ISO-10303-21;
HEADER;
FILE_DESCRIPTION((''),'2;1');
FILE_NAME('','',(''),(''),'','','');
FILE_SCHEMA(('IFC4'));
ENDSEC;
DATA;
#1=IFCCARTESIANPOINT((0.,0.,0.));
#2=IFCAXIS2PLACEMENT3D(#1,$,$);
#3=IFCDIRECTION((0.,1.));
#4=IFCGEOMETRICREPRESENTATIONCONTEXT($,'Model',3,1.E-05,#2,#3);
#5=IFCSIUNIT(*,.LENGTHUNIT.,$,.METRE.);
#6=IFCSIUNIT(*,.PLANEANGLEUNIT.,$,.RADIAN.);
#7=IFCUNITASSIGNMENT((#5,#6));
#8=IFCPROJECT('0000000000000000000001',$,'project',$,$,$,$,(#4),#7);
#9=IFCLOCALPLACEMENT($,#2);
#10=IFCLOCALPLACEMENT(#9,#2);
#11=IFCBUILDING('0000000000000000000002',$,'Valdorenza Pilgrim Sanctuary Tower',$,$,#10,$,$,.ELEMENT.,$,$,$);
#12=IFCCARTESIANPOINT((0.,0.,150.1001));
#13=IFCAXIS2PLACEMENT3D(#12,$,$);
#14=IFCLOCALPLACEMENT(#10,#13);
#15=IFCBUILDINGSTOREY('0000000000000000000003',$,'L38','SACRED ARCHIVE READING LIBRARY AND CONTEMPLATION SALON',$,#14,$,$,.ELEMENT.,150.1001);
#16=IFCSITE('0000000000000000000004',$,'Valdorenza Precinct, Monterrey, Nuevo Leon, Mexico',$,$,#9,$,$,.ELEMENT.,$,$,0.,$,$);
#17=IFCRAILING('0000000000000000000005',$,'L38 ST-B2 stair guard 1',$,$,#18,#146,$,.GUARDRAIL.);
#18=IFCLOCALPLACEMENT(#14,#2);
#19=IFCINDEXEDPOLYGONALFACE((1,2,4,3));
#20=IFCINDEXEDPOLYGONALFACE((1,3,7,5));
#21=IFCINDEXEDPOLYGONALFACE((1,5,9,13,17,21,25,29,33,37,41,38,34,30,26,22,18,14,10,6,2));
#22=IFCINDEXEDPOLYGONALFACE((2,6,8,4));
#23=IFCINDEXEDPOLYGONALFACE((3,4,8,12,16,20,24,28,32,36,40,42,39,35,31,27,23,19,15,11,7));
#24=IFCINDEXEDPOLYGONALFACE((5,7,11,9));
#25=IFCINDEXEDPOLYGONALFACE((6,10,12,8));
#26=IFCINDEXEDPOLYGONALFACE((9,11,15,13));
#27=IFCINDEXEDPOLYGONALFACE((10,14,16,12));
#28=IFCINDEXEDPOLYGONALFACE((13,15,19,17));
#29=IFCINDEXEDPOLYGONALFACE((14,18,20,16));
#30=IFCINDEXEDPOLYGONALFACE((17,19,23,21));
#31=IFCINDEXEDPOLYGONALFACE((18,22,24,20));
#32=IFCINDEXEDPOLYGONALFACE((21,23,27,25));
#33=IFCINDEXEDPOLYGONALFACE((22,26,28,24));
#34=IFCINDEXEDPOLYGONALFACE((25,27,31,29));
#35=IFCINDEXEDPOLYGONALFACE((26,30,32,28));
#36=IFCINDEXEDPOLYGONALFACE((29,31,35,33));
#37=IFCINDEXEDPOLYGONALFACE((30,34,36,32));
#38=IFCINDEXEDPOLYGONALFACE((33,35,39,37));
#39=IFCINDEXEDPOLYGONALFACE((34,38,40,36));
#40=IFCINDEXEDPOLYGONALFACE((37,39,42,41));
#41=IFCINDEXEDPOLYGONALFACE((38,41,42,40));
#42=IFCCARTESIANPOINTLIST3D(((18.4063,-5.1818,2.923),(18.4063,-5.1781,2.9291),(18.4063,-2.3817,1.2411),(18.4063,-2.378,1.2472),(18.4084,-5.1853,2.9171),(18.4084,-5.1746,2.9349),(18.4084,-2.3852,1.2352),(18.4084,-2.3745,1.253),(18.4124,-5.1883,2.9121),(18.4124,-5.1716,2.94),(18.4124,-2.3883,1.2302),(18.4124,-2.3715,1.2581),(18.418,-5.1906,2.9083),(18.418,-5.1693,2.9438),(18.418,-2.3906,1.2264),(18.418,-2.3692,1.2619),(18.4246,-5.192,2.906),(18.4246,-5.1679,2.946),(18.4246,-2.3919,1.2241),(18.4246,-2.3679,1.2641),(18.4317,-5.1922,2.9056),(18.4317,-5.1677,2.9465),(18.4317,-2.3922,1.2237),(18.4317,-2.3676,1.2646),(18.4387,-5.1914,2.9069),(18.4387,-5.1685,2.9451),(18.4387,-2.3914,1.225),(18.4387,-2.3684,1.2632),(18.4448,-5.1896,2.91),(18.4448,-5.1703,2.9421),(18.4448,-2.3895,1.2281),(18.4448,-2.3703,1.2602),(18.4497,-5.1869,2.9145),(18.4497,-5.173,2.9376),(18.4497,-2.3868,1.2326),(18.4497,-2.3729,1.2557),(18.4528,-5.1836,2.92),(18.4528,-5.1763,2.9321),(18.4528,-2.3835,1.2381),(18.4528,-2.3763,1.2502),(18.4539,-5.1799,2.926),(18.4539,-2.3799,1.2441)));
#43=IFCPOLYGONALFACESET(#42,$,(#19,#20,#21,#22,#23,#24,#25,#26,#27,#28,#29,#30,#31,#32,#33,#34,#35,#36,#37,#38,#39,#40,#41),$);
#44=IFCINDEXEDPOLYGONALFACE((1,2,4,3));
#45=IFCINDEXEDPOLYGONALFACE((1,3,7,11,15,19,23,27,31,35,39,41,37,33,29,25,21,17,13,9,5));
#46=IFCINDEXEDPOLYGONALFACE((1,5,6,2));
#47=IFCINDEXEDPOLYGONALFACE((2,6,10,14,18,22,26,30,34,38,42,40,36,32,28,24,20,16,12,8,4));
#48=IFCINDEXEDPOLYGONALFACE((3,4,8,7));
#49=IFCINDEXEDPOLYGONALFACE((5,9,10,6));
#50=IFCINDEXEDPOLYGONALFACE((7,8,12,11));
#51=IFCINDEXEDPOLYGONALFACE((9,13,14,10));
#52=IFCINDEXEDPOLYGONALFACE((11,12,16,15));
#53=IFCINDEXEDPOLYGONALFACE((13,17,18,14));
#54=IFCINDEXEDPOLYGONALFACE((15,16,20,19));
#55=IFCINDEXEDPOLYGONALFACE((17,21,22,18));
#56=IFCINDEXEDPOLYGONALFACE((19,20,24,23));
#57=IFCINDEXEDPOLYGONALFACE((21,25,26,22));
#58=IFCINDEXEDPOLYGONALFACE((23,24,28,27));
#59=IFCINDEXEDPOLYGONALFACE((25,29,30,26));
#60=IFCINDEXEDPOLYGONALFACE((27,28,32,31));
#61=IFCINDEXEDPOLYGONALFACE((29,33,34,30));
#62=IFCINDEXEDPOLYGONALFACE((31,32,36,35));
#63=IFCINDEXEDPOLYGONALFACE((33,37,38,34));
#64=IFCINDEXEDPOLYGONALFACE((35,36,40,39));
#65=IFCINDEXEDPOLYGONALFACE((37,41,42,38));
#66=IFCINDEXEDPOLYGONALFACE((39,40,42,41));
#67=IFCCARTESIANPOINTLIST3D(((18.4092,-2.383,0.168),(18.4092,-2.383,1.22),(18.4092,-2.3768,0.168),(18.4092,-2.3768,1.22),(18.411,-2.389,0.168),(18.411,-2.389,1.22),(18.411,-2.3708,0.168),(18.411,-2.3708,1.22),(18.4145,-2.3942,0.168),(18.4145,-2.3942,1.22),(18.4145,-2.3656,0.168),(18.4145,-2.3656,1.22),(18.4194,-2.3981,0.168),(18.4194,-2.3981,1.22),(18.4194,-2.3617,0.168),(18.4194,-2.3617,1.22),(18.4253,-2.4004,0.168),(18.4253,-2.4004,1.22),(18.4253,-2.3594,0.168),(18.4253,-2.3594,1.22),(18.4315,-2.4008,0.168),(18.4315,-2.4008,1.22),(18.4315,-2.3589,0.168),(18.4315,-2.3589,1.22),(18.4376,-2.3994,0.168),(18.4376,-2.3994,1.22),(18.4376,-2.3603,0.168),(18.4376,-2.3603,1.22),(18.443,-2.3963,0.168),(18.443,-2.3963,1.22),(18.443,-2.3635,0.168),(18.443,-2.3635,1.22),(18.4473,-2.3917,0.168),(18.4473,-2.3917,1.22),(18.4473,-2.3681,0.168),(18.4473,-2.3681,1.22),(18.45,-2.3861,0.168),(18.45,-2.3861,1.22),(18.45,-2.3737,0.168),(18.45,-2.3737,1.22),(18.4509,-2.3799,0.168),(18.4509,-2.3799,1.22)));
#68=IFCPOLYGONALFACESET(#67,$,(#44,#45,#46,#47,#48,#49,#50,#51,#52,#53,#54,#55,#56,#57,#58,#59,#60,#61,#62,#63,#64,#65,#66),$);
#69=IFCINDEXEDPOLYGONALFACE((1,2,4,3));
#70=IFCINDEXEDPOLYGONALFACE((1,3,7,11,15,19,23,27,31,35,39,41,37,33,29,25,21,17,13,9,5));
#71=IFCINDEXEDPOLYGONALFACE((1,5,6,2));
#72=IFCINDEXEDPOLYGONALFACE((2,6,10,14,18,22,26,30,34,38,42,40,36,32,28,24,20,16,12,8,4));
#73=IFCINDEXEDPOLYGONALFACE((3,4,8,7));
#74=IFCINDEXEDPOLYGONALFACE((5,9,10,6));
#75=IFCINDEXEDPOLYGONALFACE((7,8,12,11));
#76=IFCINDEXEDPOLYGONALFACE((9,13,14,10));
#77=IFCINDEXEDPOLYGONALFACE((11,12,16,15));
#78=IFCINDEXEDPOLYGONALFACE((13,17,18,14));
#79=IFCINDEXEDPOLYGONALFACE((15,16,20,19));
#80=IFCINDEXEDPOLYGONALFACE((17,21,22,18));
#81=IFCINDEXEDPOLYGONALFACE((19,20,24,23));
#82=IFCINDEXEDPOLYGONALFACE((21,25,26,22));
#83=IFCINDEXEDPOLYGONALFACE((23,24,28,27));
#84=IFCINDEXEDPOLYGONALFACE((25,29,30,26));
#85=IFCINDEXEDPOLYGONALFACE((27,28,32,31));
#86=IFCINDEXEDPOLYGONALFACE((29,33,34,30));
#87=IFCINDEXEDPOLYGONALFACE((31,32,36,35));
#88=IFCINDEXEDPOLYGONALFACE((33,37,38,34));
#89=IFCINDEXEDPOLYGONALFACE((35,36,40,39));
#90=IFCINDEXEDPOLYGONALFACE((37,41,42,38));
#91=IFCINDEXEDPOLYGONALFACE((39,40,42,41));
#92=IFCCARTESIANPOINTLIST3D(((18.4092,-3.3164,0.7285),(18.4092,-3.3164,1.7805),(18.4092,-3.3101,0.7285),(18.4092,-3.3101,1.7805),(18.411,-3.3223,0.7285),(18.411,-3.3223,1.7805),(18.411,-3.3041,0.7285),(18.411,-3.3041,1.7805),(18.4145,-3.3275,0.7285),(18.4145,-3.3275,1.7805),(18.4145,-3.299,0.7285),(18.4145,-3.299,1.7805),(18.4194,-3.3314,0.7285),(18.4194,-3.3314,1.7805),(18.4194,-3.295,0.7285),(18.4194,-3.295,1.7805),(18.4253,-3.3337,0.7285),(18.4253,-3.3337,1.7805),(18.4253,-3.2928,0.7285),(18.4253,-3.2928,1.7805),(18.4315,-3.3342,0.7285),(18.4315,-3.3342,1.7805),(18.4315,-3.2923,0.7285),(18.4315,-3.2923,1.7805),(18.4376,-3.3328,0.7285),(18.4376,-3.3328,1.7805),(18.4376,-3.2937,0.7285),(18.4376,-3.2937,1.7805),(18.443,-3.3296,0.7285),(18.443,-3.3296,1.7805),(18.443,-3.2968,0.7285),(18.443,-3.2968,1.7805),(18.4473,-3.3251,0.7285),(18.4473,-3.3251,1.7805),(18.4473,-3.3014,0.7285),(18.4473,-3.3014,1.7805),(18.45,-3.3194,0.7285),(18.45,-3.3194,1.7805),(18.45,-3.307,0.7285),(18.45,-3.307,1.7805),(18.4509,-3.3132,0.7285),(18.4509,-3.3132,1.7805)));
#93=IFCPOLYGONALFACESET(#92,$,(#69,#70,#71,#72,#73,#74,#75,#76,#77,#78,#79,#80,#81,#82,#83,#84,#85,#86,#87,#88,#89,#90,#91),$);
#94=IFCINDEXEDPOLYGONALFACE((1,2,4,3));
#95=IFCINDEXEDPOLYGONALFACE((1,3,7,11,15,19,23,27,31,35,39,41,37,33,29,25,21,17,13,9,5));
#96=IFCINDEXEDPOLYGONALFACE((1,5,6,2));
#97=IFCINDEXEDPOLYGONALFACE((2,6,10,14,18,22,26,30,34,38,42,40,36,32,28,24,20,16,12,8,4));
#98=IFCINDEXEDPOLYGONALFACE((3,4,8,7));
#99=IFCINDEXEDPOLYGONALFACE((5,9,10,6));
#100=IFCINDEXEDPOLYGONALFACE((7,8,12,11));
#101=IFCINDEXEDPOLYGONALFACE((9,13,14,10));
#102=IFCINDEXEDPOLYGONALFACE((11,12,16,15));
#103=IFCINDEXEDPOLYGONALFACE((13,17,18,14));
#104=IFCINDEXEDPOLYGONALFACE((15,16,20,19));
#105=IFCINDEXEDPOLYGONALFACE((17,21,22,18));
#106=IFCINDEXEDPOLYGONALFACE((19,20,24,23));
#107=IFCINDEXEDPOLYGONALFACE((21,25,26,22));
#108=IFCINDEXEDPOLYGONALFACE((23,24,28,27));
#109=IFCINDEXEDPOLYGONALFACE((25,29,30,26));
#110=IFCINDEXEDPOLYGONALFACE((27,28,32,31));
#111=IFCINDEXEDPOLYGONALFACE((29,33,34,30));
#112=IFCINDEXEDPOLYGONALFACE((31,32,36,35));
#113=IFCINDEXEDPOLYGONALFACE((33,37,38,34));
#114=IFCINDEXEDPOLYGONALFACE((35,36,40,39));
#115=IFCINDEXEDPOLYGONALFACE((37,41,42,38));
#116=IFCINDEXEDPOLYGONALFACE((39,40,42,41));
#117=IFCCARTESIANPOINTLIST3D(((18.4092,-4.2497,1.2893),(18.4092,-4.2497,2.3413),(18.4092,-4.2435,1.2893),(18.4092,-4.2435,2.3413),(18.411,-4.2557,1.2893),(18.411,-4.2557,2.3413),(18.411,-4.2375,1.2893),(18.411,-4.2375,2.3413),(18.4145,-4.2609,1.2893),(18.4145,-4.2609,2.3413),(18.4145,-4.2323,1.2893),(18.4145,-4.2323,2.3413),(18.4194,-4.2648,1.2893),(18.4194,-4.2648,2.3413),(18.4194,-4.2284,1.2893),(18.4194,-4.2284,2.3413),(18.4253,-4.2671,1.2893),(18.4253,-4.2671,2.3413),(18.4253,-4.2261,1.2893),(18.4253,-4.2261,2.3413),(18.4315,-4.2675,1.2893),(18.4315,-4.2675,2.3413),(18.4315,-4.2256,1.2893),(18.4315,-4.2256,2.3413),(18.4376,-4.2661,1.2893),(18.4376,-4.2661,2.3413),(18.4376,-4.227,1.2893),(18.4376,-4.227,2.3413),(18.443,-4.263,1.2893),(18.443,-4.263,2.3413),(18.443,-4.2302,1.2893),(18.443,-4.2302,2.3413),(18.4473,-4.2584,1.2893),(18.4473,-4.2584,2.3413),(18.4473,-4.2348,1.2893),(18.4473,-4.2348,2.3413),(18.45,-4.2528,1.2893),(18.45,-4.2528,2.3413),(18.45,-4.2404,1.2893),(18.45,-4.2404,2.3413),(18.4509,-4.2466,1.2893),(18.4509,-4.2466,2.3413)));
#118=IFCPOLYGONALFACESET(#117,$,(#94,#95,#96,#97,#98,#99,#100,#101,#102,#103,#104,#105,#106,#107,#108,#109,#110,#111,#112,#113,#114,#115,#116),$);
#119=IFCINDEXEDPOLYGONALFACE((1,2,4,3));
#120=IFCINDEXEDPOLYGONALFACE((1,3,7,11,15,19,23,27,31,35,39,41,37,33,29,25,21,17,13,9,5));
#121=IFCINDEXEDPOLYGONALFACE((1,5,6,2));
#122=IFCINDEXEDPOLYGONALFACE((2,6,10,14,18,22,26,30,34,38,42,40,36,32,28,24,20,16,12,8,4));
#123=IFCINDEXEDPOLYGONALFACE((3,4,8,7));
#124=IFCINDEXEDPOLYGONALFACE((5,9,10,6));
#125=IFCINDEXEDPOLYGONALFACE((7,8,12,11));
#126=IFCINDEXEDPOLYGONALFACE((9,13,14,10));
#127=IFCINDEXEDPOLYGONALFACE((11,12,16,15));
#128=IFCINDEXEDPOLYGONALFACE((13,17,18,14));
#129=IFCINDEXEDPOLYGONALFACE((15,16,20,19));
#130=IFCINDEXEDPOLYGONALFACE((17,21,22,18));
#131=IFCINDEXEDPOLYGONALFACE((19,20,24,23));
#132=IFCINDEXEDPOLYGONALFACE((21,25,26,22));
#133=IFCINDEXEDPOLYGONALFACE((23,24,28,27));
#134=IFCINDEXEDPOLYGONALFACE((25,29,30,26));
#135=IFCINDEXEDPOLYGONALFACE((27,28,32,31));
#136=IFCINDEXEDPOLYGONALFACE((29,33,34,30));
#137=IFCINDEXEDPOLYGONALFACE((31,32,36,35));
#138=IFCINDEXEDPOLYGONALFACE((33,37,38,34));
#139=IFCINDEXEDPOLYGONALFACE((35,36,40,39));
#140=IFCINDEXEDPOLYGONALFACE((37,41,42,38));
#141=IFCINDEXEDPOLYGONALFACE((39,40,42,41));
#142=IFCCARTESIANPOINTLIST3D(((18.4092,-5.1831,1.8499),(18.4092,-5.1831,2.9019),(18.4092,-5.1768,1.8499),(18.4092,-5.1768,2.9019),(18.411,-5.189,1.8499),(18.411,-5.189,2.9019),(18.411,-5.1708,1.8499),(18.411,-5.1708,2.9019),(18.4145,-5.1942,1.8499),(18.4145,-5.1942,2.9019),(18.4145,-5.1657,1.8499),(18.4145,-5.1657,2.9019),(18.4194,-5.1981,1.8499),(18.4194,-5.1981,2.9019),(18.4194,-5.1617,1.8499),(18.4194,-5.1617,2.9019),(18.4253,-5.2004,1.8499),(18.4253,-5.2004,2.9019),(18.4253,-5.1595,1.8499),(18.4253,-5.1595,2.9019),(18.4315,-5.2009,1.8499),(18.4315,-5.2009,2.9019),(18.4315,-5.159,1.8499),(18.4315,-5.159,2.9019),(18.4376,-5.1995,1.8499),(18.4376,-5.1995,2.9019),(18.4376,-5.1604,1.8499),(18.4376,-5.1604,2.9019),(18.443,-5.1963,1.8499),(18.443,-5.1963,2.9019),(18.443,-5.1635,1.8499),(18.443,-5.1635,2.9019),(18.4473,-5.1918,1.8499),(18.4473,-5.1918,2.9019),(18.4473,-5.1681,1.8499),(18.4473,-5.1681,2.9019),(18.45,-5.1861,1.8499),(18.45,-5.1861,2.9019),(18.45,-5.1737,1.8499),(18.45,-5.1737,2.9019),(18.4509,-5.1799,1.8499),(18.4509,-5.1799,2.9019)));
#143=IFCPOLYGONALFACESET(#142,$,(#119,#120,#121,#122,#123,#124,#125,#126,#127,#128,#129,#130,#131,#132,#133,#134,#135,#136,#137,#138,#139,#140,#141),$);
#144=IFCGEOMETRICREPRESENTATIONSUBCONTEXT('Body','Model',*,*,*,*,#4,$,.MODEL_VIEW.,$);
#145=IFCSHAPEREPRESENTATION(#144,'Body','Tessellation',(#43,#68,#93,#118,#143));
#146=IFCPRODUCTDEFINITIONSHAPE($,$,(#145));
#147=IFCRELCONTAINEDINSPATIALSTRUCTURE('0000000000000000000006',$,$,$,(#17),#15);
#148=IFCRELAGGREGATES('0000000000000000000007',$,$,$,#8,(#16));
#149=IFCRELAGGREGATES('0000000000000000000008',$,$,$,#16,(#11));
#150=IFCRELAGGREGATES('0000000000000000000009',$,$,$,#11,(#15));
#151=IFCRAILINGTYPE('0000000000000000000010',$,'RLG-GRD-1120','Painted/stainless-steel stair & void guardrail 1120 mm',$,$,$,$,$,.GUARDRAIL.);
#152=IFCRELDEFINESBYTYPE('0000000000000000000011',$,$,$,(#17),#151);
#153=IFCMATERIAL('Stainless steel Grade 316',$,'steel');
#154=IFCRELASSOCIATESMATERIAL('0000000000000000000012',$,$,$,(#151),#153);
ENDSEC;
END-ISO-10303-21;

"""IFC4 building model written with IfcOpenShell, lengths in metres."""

from ifc_helpers import new_model, si_unit, direction, frame, origin, origin_2d, place, context, subcontext, project, spatial, circle, extrude, material, type_object, element, save


model = new_model("IFC4")

# Units and contexts
model_context = context("Model", 3, precision=1e-05, world=origin(), true_north=direction((0.0, 1.0)))
body_context = subcontext(model_context, "Body", "Model", "MODEL_VIEW")
ifc_project = project(units=[si_unit("LENGTHUNIT", "METRE"), si_unit("PLANEANGLEUNIT", "RADIAN")], contexts=[model_context])

# Site, building, storey
site_placement = place(None, origin())
site = spatial("IfcSite", under=ifc_project, at=site_placement, Name="Valdorenza Precinct, Monterrey, Nuevo Leon, Mexico", CompositionType="ELEMENT", RefElevation=0.0)
building_placement = place(site_placement, origin())
building = spatial("IfcBuilding", under=site, at=building_placement, Name="Valdorenza Pilgrim Sanctuary Tower", CompositionType="ELEMENT")
storey_placement = place(building_placement, frame((0.0, 0.0, 150.1001)))
storey = spatial("IfcBuildingStorey", under=building, at=storey_placement, Name="L38", Description="SACRED ARCHIVE READING LIBRARY AND CONTEMPLATION SALON", CompositionType="ELEMENT", Elevation=150.1001)

# Railing
ifc_material_1 = material(Name="Stainless steel Grade 316", Category="steel")
railing_type_1 = type_object("IfcRailingType", Name="RLG-GRD-1120", Description="Painted/stainless-steel stair & void guardrail 1120 mm", PredefinedType="GUARDRAIL", material=ifc_material_1)
railing_1_placement = place(storey_placement, frame((18.4299, -2.3799, 0.168)))
element("IfcRailing", 1, at=railing_1_placement, inside=storey, type_object=railing_type_1, Name="L38 ST-B2 stair guard 1", PredefinedType="GUARDRAIL", context=body_context, shape_type="SweptSolid", body=[
    extrude(circle(Radius=0.0239, at=origin_2d()), frame((0.0, 0.0, 1.0762), z_axis=(0.0, -0.857242, 0.514913), x_axis=(1.0, 0.0, 0.0)), (0.0, 0.0, 1.0), 3.2664),
    extrude(circle(Radius=0.021, at=origin_2d()), origin(), (0.0, 0.0, 1.0), 1.052),
    extrude(circle(Radius=0.021, at=origin_2d()), frame((0.0, -0.9333, 0.5605)), (0.0, 0.0, 1.0), 1.052),
    extrude(circle(Radius=0.021, at=origin_2d()), frame((0.0, -1.8667, 1.1213)), (0.0, 0.0, 1.0), 1.052),
    extrude(circle(Radius=0.021, at=origin_2d()), frame((0.0, -2.8, 1.6819)), (0.0, 0.0, 1.0), 1.052),
])

save(model, "model.ifc")
